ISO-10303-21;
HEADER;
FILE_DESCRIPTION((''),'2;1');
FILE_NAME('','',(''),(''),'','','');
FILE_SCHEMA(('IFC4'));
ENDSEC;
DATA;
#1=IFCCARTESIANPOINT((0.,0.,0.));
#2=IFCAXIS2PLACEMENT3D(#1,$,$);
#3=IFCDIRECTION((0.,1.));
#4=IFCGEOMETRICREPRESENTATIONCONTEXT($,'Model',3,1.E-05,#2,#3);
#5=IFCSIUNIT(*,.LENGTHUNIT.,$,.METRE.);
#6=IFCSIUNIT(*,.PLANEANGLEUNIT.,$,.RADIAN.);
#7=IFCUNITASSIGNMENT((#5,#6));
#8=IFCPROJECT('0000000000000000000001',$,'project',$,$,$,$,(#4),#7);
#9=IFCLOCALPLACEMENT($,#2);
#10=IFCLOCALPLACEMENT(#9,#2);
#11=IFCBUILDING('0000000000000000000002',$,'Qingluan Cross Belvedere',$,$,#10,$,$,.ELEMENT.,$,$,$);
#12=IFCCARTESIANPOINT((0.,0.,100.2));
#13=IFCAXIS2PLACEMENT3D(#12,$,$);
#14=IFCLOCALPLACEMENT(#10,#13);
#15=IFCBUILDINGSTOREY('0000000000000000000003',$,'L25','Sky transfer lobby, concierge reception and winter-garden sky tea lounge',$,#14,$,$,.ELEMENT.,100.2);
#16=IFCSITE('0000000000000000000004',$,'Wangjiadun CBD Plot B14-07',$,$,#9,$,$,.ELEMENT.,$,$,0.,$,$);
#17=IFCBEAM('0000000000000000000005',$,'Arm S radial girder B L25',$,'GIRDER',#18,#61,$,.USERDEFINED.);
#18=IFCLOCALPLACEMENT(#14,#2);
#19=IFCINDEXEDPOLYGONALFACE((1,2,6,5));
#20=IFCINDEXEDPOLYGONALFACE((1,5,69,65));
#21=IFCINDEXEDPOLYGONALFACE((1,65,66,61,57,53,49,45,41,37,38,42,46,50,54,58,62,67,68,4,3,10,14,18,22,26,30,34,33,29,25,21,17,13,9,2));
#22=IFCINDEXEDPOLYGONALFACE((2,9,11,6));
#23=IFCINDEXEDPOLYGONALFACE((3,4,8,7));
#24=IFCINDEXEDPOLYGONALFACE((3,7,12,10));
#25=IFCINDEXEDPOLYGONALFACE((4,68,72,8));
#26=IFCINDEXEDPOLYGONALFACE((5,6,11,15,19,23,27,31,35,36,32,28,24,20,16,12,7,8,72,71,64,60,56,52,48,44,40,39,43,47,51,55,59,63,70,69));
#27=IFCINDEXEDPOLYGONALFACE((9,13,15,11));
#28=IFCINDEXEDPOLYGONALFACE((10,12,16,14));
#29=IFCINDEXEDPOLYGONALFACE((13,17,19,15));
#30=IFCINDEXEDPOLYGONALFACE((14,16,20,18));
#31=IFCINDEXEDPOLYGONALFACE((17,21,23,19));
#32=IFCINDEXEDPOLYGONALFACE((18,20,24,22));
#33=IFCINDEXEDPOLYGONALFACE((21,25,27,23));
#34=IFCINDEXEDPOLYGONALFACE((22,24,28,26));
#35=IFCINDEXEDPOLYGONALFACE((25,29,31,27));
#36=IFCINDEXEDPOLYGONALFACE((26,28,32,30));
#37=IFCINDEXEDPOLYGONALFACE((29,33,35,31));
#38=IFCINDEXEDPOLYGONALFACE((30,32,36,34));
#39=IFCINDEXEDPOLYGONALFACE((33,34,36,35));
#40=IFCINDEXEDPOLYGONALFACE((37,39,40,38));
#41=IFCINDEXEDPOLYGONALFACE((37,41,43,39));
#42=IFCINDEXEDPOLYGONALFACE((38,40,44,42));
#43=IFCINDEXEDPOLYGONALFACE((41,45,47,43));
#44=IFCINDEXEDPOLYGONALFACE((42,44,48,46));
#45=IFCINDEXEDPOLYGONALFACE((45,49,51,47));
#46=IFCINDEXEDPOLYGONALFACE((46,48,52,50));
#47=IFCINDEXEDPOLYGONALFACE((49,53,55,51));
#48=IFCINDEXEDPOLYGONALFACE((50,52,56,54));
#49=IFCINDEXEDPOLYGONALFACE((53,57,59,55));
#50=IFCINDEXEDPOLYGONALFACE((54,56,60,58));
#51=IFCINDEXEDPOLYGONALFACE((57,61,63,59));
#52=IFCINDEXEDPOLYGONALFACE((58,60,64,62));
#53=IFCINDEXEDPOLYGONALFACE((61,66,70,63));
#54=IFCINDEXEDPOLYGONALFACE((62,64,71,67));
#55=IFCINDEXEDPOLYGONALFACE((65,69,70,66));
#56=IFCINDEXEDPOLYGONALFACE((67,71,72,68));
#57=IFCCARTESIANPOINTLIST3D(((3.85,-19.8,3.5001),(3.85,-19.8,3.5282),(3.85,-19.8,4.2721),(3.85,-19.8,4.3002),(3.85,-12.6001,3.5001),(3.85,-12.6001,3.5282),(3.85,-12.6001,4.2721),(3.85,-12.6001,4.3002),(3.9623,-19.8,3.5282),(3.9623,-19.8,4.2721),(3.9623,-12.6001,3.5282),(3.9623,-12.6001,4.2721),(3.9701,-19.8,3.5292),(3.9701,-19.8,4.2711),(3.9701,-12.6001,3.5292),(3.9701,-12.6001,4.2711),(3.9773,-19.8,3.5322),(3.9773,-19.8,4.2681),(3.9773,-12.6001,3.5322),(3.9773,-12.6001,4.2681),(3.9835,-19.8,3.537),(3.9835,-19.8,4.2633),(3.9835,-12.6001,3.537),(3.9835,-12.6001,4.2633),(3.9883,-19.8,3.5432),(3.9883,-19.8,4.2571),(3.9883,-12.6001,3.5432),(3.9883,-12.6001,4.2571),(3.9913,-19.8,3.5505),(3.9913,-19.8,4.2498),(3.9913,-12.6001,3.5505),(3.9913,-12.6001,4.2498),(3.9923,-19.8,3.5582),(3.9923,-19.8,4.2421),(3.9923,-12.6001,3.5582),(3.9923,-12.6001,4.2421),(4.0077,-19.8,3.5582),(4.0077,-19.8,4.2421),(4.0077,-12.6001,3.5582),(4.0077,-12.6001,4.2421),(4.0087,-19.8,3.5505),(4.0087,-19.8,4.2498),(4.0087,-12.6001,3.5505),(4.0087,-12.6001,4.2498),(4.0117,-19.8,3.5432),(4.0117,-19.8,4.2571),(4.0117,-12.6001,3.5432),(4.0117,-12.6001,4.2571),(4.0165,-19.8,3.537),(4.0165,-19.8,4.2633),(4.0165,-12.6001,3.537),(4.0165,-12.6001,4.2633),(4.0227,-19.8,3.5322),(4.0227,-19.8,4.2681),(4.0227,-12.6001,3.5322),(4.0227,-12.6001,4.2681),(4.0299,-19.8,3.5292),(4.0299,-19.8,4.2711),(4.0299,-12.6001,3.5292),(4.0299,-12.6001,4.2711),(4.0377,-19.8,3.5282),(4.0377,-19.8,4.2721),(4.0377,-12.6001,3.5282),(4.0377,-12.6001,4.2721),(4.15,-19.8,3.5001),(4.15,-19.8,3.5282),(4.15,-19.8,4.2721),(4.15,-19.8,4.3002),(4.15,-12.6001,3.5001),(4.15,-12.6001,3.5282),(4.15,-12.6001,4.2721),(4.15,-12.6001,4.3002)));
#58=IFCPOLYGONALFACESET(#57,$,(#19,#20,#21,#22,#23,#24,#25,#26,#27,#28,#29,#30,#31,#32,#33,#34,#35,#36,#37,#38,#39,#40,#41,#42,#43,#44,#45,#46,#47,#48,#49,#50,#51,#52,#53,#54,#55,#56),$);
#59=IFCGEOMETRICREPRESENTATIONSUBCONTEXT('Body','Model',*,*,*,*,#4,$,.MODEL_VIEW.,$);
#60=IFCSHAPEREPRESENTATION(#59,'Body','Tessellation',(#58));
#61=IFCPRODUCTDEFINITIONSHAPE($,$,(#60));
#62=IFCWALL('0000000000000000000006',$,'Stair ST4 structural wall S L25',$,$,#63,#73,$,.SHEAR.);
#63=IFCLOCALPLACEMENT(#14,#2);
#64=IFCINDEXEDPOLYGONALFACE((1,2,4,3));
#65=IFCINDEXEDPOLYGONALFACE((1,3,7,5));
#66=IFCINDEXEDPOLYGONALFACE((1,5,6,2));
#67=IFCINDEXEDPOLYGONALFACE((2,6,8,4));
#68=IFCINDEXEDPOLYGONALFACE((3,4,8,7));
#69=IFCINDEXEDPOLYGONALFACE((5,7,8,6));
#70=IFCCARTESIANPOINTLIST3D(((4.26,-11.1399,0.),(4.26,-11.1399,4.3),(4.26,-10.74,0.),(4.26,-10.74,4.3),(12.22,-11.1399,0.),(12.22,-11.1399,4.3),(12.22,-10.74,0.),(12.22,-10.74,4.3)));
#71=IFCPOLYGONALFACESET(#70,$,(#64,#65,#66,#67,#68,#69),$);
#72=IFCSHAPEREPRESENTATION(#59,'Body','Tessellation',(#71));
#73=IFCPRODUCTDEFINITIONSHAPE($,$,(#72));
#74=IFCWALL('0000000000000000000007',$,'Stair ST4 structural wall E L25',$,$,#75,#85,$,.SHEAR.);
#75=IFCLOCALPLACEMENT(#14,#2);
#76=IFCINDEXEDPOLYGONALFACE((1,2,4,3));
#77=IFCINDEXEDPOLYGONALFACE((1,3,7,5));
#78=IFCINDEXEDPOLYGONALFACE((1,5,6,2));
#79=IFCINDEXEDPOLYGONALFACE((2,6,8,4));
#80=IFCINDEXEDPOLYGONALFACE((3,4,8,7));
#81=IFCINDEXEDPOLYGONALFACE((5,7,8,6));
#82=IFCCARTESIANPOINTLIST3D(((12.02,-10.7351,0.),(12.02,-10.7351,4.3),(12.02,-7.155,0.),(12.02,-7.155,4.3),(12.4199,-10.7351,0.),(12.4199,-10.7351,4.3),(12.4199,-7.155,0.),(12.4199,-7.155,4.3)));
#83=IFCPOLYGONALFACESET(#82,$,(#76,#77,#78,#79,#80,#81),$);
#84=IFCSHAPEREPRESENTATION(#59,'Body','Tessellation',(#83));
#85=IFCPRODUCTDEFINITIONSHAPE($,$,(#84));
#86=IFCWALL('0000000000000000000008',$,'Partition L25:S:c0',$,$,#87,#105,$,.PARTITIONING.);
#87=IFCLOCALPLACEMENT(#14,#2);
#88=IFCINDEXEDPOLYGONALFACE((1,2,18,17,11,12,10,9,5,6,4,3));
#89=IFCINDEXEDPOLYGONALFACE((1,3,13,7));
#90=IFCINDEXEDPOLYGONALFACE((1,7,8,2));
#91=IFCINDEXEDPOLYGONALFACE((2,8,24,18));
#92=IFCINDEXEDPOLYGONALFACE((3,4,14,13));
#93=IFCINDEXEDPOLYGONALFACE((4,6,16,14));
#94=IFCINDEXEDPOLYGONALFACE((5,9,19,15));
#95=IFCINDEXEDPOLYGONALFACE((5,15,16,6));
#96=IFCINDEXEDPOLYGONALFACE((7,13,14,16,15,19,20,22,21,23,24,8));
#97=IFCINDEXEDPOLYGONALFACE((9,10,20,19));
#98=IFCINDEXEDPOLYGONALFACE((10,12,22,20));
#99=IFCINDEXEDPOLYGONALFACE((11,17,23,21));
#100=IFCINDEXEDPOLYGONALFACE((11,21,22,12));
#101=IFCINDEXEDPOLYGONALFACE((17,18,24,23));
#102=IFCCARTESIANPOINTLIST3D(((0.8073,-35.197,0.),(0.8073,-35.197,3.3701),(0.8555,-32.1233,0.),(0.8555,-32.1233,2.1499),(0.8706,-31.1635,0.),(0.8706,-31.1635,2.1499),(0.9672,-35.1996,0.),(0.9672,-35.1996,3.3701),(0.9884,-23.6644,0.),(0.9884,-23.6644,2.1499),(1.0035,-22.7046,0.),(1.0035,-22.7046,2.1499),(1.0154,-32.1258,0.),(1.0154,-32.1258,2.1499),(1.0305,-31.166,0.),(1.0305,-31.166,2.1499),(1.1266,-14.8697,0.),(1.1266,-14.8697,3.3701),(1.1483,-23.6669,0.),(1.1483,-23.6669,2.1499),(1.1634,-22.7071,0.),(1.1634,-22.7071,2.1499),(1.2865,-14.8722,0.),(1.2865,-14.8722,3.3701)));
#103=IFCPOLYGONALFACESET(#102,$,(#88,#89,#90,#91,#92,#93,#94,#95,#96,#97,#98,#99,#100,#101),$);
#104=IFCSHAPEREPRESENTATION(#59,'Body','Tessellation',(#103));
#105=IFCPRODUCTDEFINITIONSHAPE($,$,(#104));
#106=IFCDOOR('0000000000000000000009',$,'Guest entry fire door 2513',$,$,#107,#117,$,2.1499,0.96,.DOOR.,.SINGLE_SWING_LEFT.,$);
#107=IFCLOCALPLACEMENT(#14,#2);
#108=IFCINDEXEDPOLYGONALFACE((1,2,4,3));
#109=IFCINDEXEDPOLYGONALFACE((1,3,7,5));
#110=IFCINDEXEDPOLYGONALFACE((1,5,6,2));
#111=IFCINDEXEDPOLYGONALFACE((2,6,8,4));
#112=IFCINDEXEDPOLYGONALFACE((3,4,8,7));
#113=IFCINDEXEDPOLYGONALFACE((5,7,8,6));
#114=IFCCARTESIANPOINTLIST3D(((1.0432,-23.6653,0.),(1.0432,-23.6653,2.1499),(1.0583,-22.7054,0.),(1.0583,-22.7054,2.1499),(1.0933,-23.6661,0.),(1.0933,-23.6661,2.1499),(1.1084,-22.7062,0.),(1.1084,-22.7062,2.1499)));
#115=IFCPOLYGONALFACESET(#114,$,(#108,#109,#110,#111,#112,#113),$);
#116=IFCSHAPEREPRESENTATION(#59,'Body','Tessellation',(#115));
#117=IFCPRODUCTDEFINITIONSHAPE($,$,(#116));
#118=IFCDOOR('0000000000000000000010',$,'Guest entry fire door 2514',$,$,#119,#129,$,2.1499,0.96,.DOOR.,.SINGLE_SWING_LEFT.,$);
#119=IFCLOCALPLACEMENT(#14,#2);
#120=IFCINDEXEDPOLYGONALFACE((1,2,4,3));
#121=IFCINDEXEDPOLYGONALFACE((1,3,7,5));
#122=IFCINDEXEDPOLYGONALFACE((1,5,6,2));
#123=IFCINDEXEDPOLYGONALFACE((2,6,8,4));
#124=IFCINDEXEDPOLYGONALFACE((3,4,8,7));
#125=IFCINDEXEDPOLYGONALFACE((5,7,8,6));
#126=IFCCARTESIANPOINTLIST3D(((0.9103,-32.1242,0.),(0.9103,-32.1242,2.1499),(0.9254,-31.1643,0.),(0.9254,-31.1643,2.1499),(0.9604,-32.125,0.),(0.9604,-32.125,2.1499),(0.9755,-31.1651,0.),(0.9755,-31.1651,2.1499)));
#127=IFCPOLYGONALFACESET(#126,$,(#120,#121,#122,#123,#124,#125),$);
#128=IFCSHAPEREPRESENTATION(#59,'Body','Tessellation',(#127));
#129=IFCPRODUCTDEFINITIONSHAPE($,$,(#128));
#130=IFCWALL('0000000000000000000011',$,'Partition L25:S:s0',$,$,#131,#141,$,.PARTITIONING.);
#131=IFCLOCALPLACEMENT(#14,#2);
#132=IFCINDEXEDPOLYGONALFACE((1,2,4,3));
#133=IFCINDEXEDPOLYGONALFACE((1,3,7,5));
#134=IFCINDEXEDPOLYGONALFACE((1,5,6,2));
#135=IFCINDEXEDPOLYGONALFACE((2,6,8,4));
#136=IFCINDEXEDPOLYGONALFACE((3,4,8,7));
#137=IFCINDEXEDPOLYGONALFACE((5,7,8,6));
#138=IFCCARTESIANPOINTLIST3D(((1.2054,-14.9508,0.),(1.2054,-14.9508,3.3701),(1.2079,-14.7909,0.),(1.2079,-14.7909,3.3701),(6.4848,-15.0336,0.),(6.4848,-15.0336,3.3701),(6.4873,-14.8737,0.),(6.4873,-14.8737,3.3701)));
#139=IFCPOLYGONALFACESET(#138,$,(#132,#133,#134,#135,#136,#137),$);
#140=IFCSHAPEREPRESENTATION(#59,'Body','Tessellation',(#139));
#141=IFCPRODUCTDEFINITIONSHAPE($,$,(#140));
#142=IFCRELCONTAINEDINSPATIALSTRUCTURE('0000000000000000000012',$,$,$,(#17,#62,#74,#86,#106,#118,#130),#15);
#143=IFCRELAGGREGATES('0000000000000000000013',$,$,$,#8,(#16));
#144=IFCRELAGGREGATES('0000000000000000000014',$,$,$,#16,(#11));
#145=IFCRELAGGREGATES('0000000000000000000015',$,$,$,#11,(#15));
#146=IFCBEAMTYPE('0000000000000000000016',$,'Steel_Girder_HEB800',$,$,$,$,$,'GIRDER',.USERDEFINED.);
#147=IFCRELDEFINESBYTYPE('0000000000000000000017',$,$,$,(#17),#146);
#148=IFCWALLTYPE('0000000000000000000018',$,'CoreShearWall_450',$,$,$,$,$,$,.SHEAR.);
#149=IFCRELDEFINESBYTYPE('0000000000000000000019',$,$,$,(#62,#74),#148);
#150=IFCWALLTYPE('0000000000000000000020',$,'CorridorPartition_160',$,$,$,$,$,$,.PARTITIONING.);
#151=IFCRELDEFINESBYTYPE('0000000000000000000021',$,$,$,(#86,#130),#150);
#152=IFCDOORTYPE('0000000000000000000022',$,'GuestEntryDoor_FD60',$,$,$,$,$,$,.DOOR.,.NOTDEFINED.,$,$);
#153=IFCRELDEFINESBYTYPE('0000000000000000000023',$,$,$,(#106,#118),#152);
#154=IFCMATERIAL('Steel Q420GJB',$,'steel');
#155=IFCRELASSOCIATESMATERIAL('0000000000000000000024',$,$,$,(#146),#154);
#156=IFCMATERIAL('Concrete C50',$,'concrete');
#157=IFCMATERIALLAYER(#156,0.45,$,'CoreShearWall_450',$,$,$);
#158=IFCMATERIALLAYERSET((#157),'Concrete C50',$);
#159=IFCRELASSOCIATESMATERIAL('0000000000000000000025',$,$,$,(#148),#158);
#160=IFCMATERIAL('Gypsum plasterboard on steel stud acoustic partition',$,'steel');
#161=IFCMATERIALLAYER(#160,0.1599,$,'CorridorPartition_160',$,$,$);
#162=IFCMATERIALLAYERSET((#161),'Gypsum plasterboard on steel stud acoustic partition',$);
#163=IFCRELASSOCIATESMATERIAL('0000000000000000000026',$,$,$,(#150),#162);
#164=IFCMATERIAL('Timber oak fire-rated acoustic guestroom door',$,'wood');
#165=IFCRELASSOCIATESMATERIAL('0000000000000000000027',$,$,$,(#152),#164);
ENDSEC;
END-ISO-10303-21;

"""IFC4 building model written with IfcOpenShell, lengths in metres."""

from ifc_helpers import new_model, si_unit, direction, frame, frame_2d, origin, origin_2d, place, context, subcontext, project, spatial, rectangle, i_section, extrude, material, layer, layer_set, material_profile, profile_set, type_object, element, fill, save


model = new_model("IFC4")

# Units and contexts
model_context = context("Model", 3, precision=1e-05, world=origin(), true_north=direction((0.0, 1.0)))
body_context = subcontext(model_context, "Body", "Model", "MODEL_VIEW")
ifc_project = project(units=[si_unit("LENGTHUNIT", "METRE"), si_unit("PLANEANGLEUNIT", "RADIAN")], contexts=[model_context])

# Site, building, storey
site_placement = place(None, origin())
site = spatial("IfcSite", under=ifc_project, at=site_placement, Name="Wangjiadun CBD Plot B14-07", CompositionType="ELEMENT", RefElevation=0.0)
building_placement = place(site_placement, origin())
building = spatial("IfcBuilding", under=site, at=building_placement, Name="Qingluan Cross Belvedere", CompositionType="ELEMENT")
storey_placement = place(building_placement, frame((0.0, 0.0, 100.2)))
storey = spatial("IfcBuildingStorey", under=building, at=storey_placement, Name="L25", Description="Sky transfer lobby, concierge reception and winter-garden sky tea lounge", CompositionType="ELEMENT", Elevation=100.2)

# Beam
ifc_material_1 = material(Name="Steel Q420GJB", Category="steel")
ifc_material_profile_1 = material_profile(ifc_material_1, i_section(OverallWidth=0.3, OverallDepth=0.8, WebThickness=0.0154, FlangeThickness=0.0281, FilletRadius=0.03, at=origin_2d()), Name="HEB800")
ifc_profile_set_1 = profile_set([ifc_material_profile_1], Name="Steel Q420GJB")
beam_type_1 = type_object("IfcBeamType", Name="Steel_Girder_HEB800", ElementType="GIRDER", PredefinedType="USERDEFINED", material=ifc_profile_set_1)
beam_1_placement = place(storey_placement, frame((4.0, -12.6001, 3.9001), z_axis=(0.0, -1.0, 0.0), x_axis=(1.0, 0.0, 0.0)))
element("IfcBeam", 1, at=beam_1_placement, inside=storey, type_object=beam_type_1, Name="Arm S radial girder B L25", ObjectType="GIRDER", PredefinedType="USERDEFINED", context=body_context, shape_type="SweptSolid", body=[
    extrude(i_section(OverallWidth=0.3, OverallDepth=0.8, WebThickness=0.0154, FlangeThickness=0.0281, FilletRadius=0.03, at=origin_2d()), origin(), (0.0, 0.0, 1.0), 7.2),
])

# Wall
ifc_material_2 = material(Name="Concrete C50", Category="concrete")
ifc_layer_1 = layer(ifc_material_2, 0.45, Name="CoreShearWall_450")
ifc_layer_set_1 = layer_set([ifc_layer_1], Name="Concrete C50")
wall_type_1 = type_object("IfcWallType", Name="CoreShearWall_450", PredefinedType="SHEAR", material=ifc_layer_set_1)
wall_1_placement = place(storey_placement, frame((4.26, -10.9399, 0.0), z_axis=(0.0, 0.0, 1.0), x_axis=(1.0, 0.0, 0.0)))
element("IfcWall", 2, at=wall_1_placement, inside=storey, type_object=wall_type_1, Name="Stair ST4 structural wall S L25", PredefinedType="SHEAR", context=body_context, shape_type="SweptSolid", body=[
    extrude(rectangle(XDim=7.96, YDim=0.3999, at=frame_2d((3.98, 0.0))), origin(), (0.0, 0.0, 1.0), 4.3),
])

# Wall
wall_2_placement = place(storey_placement, frame((12.22, -10.7351, 0.0), z_axis=(0.0, 0.0, 1.0), x_axis=(0.0, 1.0, 0.0)))
element("IfcWall", 3, at=wall_2_placement, inside=storey, type_object=wall_type_1, Name="Stair ST4 structural wall E L25", PredefinedType="SHEAR", context=body_context, shape_type="SweptSolid", body=[
    extrude(rectangle(XDim=3.5801, YDim=0.3999, at=frame_2d((1.79, 0.0))), origin(), (0.0, 0.0, 1.0), 4.3),
])

# Wall, openings, doors
ifc_material_3 = material(Name="Gypsum plasterboard on steel stud acoustic partition", Category="steel")
ifc_layer_2 = layer(ifc_material_3, 0.1599, Name="CorridorPartition_160")
ifc_layer_set_2 = layer_set([ifc_layer_2], Name="Gypsum plasterboard on steel stud acoustic partition")
wall_type_2 = type_object("IfcWallType", Name="CorridorPartition_160", PredefinedType="PARTITIONING", material=ifc_layer_set_2)
wall_3_placement = place(storey_placement, frame((1.2065, -14.8708, 0.0), z_axis=(0.0, 0.0, 1.0), x_axis=(-0.015708, -0.999877, 0.0)))
wall_3 = element("IfcWall", 4, at=wall_3_placement, inside=storey, type_object=wall_type_2, Name="Partition L25:S:c0", PredefinedType="PARTITIONING", context=body_context, shape_type="SweptSolid", body=[
    extrude(rectangle(XDim=20.3298, YDim=0.1599, at=frame_2d((10.165, 0.0))), origin(), (0.0, 0.0, 1.0), 3.3701),
])
opening_1_placement = place(wall_3_placement, frame((7.8359, 0.0, 0.0)))
opening_1 = element("IfcOpeningElement", 5, at=opening_1_placement, cuts=wall_3, PredefinedType="OPENING", context=body_context, shape_type="SweptSolid", body=[
    extrude(rectangle(XDim=0.96, YDim=2.1499, at=frame_2d((0.48, 1.075))), frame((0.0, 0.0898, 0.0), z_axis=(0.0, -1.0, 0.0), x_axis=(1.0, 0.0, 0.0)), (0.0, 0.0, 1.0), 0.1799),
])
opening_2_placement = place(wall_3_placement, frame((16.2959, 0.0, 0.0)))
opening_2 = element("IfcOpeningElement", 6, at=opening_2_placement, cuts=wall_3, PredefinedType="OPENING", context=body_context, shape_type="SweptSolid", body=[
    extrude(rectangle(XDim=0.96, YDim=2.1499, at=frame_2d((0.48, 1.075))), frame((0.0, 0.0898, 0.0), z_axis=(0.0, -1.0, 0.0), x_axis=(1.0, 0.0, 0.0)), (0.0, 0.0, 1.0), 0.1799),
])
ifc_material_4 = material(Name="Timber oak fire-rated acoustic guestroom door", Category="wood")
door_type_1 = type_object("IfcDoorType", Name="GuestEntryDoor_FD60", OperationType="NOTDEFINED", PredefinedType="DOOR", material=ifc_material_4)
door_1_placement = place(opening_1_placement, origin())
door_1 = element("IfcDoor", 7, at=door_1_placement, inside=storey, type_object=door_type_1, Name="Guest entry fire door 2513", OperationType="SINGLE_SWING_LEFT", OverallHeight=2.1499, OverallWidth=0.96, PredefinedType="DOOR", context=body_context, shape_type="SweptSolid", body=[
    extrude(rectangle(XDim=0.96, YDim=2.1499, at=frame_2d((0.48, 1.075))), frame((0.0, 0.0249, 0.0), z_axis=(0.0, -1.0, 0.0), x_axis=(1.0, 0.0, 0.0)), (0.0, 0.0, 1.0), 0.05),
])
fill(opening_1, door_1)
door_2_placement = place(opening_2_placement, origin())
door_2 = element("IfcDoor", 8, at=door_2_placement, inside=storey, type_object=door_type_1, Name="Guest entry fire door 2514", OperationType="SINGLE_SWING_LEFT", OverallHeight=2.1499, OverallWidth=0.96, PredefinedType="DOOR", context=body_context, shape_type="SweptSolid", body=[
    extrude(rectangle(XDim=0.96, YDim=2.1499, at=frame_2d((0.48, 1.075))), frame((0.0, 0.0249, 0.0), z_axis=(0.0, -1.0, 0.0), x_axis=(1.0, 0.0, 0.0)), (0.0, 0.0, 1.0), 0.05),
])
fill(opening_2, door_2)

# Wall
wall_4_placement = place(storey_placement, frame((1.2065, -14.8708, 0.0), z_axis=(0.0, 0.0, 1.0), x_axis=(0.999877, -0.015675, 0.0)))
element("IfcWall", 9, at=wall_4_placement, inside=storey, type_object=wall_type_2, Name="Partition L25:S:s0", PredefinedType="PARTITIONING", context=body_context, shape_type="SweptSolid", body=[
    extrude(rectangle(XDim=5.28, YDim=0.1599, at=frame_2d((2.6401, 0.0))), origin(), (0.0, 0.0, 1.0), 3.3701),
])

save(model, "model.ifc")
